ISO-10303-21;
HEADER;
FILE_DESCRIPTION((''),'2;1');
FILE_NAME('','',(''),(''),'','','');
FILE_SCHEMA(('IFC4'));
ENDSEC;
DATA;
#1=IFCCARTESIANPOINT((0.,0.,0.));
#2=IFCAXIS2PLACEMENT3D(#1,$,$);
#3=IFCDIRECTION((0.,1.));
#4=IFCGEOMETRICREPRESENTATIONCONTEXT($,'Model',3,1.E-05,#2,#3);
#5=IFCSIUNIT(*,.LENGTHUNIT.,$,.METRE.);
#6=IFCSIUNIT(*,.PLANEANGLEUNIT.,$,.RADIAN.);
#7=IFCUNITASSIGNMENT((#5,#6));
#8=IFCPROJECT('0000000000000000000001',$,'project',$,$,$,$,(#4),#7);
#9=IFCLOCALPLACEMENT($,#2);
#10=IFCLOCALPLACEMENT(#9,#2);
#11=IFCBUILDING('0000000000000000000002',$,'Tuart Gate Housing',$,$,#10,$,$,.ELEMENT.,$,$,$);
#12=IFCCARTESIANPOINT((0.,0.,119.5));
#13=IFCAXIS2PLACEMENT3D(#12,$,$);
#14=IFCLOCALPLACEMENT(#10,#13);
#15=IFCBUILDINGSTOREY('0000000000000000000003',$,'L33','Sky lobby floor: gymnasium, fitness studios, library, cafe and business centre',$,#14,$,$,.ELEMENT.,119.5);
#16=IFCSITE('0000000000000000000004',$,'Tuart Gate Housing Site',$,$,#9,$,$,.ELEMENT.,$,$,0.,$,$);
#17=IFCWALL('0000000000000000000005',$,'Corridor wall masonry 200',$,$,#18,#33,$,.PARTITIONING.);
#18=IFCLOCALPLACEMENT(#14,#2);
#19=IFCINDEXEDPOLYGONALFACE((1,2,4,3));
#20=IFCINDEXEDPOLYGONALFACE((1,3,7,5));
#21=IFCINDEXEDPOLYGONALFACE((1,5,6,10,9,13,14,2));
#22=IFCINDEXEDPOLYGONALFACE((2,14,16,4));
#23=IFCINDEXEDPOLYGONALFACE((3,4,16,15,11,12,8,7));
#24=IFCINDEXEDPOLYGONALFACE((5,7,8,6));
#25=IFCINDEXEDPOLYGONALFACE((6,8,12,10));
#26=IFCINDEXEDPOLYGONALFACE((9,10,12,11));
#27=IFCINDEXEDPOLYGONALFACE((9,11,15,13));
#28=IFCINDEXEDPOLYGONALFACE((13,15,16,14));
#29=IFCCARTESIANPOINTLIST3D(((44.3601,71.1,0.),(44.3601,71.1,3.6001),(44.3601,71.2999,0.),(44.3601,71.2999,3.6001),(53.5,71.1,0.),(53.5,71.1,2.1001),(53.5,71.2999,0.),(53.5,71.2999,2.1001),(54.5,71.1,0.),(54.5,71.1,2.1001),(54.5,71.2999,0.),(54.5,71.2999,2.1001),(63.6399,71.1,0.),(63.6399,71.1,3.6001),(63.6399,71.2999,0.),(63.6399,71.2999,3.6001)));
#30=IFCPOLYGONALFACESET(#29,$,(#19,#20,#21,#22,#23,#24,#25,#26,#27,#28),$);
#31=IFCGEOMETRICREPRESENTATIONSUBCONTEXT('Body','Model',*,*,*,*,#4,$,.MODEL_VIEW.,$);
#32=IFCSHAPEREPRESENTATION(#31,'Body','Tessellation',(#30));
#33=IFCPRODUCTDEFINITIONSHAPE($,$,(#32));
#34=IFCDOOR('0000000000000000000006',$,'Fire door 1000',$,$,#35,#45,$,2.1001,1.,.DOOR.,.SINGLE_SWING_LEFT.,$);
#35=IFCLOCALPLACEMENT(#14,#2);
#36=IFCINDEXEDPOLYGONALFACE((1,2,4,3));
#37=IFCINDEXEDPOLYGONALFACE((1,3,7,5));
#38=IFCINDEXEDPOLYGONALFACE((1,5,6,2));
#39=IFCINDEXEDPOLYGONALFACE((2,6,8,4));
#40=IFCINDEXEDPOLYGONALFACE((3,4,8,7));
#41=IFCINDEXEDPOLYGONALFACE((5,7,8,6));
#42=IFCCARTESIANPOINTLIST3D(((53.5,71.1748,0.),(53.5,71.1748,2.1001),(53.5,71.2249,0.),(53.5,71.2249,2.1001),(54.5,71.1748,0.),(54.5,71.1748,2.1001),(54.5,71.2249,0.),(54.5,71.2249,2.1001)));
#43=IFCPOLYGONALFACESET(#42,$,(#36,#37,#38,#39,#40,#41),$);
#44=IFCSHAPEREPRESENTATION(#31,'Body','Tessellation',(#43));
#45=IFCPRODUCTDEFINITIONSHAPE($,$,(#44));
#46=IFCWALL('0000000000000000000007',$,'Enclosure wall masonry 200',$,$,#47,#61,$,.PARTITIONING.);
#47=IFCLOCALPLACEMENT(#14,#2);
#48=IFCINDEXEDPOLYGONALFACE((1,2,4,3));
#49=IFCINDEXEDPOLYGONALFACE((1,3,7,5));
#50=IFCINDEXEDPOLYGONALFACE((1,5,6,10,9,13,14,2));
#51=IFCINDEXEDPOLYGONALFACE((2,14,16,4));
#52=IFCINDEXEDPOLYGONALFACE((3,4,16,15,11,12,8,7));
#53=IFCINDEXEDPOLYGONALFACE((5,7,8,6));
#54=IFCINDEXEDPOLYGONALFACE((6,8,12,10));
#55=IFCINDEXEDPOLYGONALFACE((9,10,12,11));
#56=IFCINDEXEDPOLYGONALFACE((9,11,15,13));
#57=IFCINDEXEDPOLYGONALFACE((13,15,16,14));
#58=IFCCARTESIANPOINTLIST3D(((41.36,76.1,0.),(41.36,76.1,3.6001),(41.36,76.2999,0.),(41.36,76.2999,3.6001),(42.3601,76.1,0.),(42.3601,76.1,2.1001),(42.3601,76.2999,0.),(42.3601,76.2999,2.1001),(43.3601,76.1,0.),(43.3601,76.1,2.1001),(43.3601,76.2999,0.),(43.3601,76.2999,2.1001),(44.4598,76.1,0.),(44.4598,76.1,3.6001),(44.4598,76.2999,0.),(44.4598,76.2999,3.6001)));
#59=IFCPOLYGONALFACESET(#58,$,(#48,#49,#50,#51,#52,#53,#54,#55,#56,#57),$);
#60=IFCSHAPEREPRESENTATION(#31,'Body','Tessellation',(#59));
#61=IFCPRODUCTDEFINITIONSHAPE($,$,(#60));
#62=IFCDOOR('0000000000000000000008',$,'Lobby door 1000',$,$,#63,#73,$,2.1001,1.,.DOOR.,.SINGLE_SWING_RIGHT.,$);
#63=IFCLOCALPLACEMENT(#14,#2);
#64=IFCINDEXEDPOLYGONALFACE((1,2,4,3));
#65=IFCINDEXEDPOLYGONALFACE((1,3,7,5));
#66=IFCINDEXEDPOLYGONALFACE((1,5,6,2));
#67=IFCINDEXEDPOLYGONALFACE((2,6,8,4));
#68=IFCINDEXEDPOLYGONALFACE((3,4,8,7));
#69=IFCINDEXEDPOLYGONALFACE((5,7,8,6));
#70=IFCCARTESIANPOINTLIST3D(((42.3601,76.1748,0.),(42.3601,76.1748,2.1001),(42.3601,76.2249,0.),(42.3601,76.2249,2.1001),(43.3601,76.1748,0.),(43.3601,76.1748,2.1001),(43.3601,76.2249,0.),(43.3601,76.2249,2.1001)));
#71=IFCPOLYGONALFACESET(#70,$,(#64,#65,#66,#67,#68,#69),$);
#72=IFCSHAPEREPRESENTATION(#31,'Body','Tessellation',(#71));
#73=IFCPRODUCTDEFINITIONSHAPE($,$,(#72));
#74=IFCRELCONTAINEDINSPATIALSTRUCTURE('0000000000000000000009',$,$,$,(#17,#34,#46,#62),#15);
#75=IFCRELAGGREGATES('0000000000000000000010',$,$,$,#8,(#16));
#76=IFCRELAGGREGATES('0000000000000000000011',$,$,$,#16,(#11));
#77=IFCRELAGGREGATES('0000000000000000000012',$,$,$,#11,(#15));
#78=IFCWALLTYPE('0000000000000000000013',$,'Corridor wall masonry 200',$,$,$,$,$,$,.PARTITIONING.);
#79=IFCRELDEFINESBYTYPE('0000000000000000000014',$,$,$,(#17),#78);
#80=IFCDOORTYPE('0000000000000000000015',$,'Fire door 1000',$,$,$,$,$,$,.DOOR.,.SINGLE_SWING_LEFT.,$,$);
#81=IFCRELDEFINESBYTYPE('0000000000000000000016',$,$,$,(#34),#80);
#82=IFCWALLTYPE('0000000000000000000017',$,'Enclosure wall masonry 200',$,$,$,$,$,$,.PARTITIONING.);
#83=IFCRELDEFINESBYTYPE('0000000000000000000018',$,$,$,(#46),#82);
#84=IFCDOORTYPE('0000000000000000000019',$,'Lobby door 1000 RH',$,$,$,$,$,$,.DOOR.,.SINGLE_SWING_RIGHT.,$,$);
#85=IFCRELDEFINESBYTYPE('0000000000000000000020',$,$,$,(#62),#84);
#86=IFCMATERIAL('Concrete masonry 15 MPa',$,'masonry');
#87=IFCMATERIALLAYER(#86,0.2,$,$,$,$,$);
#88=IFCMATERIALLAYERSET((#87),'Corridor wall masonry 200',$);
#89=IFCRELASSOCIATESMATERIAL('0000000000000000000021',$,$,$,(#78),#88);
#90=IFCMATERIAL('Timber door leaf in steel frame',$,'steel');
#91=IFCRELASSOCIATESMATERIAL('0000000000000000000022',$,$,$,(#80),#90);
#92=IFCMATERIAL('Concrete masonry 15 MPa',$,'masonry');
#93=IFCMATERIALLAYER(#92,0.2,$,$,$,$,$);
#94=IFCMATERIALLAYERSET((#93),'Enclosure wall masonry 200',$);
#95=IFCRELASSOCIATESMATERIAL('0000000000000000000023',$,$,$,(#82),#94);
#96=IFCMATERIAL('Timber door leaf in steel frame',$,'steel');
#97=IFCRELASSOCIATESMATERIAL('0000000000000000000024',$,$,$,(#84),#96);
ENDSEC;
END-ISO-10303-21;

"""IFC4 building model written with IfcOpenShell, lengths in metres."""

from ifc_helpers import new_model, si_unit, direction, frame, frame_2d, origin, place, context, subcontext, project, spatial, rectangle, extrude, material, layer, layer_set, type_object, element, fill, save


model = new_model("IFC4")

# Units and contexts
model_context = context("Model", 3, precision=1e-05, world=origin(), true_north=direction((0.0, 1.0)))
body_context = subcontext(model_context, "Body", "Model", "MODEL_VIEW")
ifc_project = project(units=[si_unit("LENGTHUNIT", "METRE"), si_unit("PLANEANGLEUNIT", "RADIAN")], contexts=[model_context])

# Site, building, storey
site_placement = place(None, origin())
site = spatial("IfcSite", under=ifc_project, at=site_placement, Name="Tuart Gate Housing Site", CompositionType="ELEMENT", RefElevation=0.0)
building_placement = place(site_placement, origin())
building = spatial("IfcBuilding", under=site, at=building_placement, Name="Tuart Gate Housing", CompositionType="ELEMENT")
storey_placement = place(building_placement, frame((0.0, 0.0, 119.5)))
storey = spatial("IfcBuildingStorey", under=building, at=storey_placement, Name="L33", Description="Sky lobby floor: gymnasium, fitness studios, library, cafe and business centre", CompositionType="ELEMENT", Elevation=119.5)

# Walls, openings, doors
ifc_material_1 = material(Name="Concrete masonry 15 MPa", Category="masonry")
ifc_layer_1 = layer(ifc_material_1, 0.2)
ifc_layer_set_1 = layer_set([ifc_layer_1], Name="Corridor wall masonry 200")
wall_type_1 = type_object("IfcWallType", Name="Corridor wall masonry 200", PredefinedType="PARTITIONING", material=ifc_layer_set_1)
wall_1_placement = place(storey_placement, frame((44.3601, 71.2, 0.0), z_axis=(0.0, 0.0, 1.0), x_axis=(1.0, 0.0, 0.0)))
wall_1 = element("IfcWall", 1, at=wall_1_placement, inside=storey, type_object=wall_type_1, Name="Corridor wall masonry 200", PredefinedType="PARTITIONING", context=body_context, shape_type="SweptSolid", body=[
    extrude(rectangle(XDim=19.2798, YDim=0.2, at=frame_2d((9.6399, 0.0))), origin(), (0.0, 0.0, 1.0), 3.6001),
])
opening_1_placement = place(wall_1_placement, frame((9.1399, 0.0, 0.0)))
opening_1 = element("IfcOpeningElement", 2, at=opening_1_placement, cuts=wall_1, PredefinedType="OPENING", context=body_context, shape_type="SweptSolid", body=[
    extrude(rectangle(XDim=1.0, YDim=2.1001, at=frame_2d((0.5, 1.05))), frame((0.0, 0.1099, 0.0), z_axis=(0.0, -1.0, 0.0), x_axis=(1.0, 0.0, 0.0)), (0.0, 0.0, 1.0), 0.22),
])
ifc_material_2 = material(Name="Timber door leaf in steel frame", Category="steel")
door_type_1 = type_object("IfcDoorType", Name="Fire door 1000", OperationType="SINGLE_SWING_LEFT", PredefinedType="DOOR", material=ifc_material_2)
door_1_placement = place(opening_1_placement, origin())
door_1 = element("IfcDoor", 3, at=door_1_placement, inside=storey, type_object=door_type_1, Name="Fire door 1000", OperationType="SINGLE_SWING_LEFT", OverallHeight=2.1001, OverallWidth=1.0, PredefinedType="DOOR", context=body_context, shape_type="SweptSolid", body=[
    extrude(rectangle(XDim=1.0, YDim=2.1001, at=frame_2d((0.5, 1.05))), frame((0.0, 0.0249, 0.0), z_axis=(0.0, -1.0, 0.0), x_axis=(1.0, 0.0, 0.0)), (0.0, 0.0, 1.0), 0.05),
])
fill(opening_1, door_1)
ifc_material_3 = material(Name="Concrete masonry 15 MPa", Category="masonry")
ifc_layer_2 = layer(ifc_material_3, 0.2)
ifc_layer_set_2 = layer_set([ifc_layer_2], Name="Enclosure wall masonry 200")
wall_type_2 = type_object("IfcWallType", Name="Enclosure wall masonry 200", PredefinedType="PARTITIONING", material=ifc_layer_set_2)
wall_2_placement = place(storey_placement, frame((41.3601, 76.2, 0.0), z_axis=(0.0, 0.0, 1.0), x_axis=(1.0, 0.0, 0.0)))
wall_2 = element("IfcWall", 4, at=wall_2_placement, inside=storey, type_object=wall_type_2, Name="Enclosure wall masonry 200", PredefinedType="PARTITIONING", context=body_context, shape_type="SweptSolid", body=[
    extrude(rectangle(XDim=3.0999, YDim=0.2, at=frame_2d((1.5498, 0.0))), origin(), (0.0, 0.0, 1.0), 3.6001),
])
opening_2_placement = place(wall_2_placement, frame((1.0, 0.0, 0.0)))
opening_2 = element("IfcOpeningElement", 5, at=opening_2_placement, cuts=wall_2, PredefinedType="OPENING", context=body_context, shape_type="SweptSolid", body=[
    extrude(rectangle(XDim=1.0, YDim=2.1001, at=frame_2d((0.5, 1.05))), frame((0.0, 0.1099, 0.0), z_axis=(0.0, -1.0, 0.0), x_axis=(1.0, 0.0, 0.0)), (0.0, 0.0, 1.0), 0.22),
])
ifc_material_4 = material(Name="Timber door leaf in steel frame", Category="steel")
door_type_2 = type_object("IfcDoorType", Name="Lobby door 1000 RH", OperationType="SINGLE_SWING_RIGHT", PredefinedType="DOOR", material=ifc_material_4)
door_2_placement = place(opening_2_placement, origin())
door_2 = element("IfcDoor", 6, at=door_2_placement, inside=storey, type_object=door_type_2, Name="Lobby door 1000", OperationType="SINGLE_SWING_RIGHT", OverallHeight=2.1001, OverallWidth=1.0, PredefinedType="DOOR", context=body_context, shape_type="SweptSolid", body=[
    extrude(rectangle(XDim=1.0, YDim=2.1001, at=frame_2d((0.5, 1.05))), frame((0.0, 0.0249, 0.0), z_axis=(0.0, -1.0, 0.0), x_axis=(1.0, 0.0, 0.0)), (0.0, 0.0, 1.0), 0.05),
])
fill(opening_2, door_2)

save(model, "model.ifc")
